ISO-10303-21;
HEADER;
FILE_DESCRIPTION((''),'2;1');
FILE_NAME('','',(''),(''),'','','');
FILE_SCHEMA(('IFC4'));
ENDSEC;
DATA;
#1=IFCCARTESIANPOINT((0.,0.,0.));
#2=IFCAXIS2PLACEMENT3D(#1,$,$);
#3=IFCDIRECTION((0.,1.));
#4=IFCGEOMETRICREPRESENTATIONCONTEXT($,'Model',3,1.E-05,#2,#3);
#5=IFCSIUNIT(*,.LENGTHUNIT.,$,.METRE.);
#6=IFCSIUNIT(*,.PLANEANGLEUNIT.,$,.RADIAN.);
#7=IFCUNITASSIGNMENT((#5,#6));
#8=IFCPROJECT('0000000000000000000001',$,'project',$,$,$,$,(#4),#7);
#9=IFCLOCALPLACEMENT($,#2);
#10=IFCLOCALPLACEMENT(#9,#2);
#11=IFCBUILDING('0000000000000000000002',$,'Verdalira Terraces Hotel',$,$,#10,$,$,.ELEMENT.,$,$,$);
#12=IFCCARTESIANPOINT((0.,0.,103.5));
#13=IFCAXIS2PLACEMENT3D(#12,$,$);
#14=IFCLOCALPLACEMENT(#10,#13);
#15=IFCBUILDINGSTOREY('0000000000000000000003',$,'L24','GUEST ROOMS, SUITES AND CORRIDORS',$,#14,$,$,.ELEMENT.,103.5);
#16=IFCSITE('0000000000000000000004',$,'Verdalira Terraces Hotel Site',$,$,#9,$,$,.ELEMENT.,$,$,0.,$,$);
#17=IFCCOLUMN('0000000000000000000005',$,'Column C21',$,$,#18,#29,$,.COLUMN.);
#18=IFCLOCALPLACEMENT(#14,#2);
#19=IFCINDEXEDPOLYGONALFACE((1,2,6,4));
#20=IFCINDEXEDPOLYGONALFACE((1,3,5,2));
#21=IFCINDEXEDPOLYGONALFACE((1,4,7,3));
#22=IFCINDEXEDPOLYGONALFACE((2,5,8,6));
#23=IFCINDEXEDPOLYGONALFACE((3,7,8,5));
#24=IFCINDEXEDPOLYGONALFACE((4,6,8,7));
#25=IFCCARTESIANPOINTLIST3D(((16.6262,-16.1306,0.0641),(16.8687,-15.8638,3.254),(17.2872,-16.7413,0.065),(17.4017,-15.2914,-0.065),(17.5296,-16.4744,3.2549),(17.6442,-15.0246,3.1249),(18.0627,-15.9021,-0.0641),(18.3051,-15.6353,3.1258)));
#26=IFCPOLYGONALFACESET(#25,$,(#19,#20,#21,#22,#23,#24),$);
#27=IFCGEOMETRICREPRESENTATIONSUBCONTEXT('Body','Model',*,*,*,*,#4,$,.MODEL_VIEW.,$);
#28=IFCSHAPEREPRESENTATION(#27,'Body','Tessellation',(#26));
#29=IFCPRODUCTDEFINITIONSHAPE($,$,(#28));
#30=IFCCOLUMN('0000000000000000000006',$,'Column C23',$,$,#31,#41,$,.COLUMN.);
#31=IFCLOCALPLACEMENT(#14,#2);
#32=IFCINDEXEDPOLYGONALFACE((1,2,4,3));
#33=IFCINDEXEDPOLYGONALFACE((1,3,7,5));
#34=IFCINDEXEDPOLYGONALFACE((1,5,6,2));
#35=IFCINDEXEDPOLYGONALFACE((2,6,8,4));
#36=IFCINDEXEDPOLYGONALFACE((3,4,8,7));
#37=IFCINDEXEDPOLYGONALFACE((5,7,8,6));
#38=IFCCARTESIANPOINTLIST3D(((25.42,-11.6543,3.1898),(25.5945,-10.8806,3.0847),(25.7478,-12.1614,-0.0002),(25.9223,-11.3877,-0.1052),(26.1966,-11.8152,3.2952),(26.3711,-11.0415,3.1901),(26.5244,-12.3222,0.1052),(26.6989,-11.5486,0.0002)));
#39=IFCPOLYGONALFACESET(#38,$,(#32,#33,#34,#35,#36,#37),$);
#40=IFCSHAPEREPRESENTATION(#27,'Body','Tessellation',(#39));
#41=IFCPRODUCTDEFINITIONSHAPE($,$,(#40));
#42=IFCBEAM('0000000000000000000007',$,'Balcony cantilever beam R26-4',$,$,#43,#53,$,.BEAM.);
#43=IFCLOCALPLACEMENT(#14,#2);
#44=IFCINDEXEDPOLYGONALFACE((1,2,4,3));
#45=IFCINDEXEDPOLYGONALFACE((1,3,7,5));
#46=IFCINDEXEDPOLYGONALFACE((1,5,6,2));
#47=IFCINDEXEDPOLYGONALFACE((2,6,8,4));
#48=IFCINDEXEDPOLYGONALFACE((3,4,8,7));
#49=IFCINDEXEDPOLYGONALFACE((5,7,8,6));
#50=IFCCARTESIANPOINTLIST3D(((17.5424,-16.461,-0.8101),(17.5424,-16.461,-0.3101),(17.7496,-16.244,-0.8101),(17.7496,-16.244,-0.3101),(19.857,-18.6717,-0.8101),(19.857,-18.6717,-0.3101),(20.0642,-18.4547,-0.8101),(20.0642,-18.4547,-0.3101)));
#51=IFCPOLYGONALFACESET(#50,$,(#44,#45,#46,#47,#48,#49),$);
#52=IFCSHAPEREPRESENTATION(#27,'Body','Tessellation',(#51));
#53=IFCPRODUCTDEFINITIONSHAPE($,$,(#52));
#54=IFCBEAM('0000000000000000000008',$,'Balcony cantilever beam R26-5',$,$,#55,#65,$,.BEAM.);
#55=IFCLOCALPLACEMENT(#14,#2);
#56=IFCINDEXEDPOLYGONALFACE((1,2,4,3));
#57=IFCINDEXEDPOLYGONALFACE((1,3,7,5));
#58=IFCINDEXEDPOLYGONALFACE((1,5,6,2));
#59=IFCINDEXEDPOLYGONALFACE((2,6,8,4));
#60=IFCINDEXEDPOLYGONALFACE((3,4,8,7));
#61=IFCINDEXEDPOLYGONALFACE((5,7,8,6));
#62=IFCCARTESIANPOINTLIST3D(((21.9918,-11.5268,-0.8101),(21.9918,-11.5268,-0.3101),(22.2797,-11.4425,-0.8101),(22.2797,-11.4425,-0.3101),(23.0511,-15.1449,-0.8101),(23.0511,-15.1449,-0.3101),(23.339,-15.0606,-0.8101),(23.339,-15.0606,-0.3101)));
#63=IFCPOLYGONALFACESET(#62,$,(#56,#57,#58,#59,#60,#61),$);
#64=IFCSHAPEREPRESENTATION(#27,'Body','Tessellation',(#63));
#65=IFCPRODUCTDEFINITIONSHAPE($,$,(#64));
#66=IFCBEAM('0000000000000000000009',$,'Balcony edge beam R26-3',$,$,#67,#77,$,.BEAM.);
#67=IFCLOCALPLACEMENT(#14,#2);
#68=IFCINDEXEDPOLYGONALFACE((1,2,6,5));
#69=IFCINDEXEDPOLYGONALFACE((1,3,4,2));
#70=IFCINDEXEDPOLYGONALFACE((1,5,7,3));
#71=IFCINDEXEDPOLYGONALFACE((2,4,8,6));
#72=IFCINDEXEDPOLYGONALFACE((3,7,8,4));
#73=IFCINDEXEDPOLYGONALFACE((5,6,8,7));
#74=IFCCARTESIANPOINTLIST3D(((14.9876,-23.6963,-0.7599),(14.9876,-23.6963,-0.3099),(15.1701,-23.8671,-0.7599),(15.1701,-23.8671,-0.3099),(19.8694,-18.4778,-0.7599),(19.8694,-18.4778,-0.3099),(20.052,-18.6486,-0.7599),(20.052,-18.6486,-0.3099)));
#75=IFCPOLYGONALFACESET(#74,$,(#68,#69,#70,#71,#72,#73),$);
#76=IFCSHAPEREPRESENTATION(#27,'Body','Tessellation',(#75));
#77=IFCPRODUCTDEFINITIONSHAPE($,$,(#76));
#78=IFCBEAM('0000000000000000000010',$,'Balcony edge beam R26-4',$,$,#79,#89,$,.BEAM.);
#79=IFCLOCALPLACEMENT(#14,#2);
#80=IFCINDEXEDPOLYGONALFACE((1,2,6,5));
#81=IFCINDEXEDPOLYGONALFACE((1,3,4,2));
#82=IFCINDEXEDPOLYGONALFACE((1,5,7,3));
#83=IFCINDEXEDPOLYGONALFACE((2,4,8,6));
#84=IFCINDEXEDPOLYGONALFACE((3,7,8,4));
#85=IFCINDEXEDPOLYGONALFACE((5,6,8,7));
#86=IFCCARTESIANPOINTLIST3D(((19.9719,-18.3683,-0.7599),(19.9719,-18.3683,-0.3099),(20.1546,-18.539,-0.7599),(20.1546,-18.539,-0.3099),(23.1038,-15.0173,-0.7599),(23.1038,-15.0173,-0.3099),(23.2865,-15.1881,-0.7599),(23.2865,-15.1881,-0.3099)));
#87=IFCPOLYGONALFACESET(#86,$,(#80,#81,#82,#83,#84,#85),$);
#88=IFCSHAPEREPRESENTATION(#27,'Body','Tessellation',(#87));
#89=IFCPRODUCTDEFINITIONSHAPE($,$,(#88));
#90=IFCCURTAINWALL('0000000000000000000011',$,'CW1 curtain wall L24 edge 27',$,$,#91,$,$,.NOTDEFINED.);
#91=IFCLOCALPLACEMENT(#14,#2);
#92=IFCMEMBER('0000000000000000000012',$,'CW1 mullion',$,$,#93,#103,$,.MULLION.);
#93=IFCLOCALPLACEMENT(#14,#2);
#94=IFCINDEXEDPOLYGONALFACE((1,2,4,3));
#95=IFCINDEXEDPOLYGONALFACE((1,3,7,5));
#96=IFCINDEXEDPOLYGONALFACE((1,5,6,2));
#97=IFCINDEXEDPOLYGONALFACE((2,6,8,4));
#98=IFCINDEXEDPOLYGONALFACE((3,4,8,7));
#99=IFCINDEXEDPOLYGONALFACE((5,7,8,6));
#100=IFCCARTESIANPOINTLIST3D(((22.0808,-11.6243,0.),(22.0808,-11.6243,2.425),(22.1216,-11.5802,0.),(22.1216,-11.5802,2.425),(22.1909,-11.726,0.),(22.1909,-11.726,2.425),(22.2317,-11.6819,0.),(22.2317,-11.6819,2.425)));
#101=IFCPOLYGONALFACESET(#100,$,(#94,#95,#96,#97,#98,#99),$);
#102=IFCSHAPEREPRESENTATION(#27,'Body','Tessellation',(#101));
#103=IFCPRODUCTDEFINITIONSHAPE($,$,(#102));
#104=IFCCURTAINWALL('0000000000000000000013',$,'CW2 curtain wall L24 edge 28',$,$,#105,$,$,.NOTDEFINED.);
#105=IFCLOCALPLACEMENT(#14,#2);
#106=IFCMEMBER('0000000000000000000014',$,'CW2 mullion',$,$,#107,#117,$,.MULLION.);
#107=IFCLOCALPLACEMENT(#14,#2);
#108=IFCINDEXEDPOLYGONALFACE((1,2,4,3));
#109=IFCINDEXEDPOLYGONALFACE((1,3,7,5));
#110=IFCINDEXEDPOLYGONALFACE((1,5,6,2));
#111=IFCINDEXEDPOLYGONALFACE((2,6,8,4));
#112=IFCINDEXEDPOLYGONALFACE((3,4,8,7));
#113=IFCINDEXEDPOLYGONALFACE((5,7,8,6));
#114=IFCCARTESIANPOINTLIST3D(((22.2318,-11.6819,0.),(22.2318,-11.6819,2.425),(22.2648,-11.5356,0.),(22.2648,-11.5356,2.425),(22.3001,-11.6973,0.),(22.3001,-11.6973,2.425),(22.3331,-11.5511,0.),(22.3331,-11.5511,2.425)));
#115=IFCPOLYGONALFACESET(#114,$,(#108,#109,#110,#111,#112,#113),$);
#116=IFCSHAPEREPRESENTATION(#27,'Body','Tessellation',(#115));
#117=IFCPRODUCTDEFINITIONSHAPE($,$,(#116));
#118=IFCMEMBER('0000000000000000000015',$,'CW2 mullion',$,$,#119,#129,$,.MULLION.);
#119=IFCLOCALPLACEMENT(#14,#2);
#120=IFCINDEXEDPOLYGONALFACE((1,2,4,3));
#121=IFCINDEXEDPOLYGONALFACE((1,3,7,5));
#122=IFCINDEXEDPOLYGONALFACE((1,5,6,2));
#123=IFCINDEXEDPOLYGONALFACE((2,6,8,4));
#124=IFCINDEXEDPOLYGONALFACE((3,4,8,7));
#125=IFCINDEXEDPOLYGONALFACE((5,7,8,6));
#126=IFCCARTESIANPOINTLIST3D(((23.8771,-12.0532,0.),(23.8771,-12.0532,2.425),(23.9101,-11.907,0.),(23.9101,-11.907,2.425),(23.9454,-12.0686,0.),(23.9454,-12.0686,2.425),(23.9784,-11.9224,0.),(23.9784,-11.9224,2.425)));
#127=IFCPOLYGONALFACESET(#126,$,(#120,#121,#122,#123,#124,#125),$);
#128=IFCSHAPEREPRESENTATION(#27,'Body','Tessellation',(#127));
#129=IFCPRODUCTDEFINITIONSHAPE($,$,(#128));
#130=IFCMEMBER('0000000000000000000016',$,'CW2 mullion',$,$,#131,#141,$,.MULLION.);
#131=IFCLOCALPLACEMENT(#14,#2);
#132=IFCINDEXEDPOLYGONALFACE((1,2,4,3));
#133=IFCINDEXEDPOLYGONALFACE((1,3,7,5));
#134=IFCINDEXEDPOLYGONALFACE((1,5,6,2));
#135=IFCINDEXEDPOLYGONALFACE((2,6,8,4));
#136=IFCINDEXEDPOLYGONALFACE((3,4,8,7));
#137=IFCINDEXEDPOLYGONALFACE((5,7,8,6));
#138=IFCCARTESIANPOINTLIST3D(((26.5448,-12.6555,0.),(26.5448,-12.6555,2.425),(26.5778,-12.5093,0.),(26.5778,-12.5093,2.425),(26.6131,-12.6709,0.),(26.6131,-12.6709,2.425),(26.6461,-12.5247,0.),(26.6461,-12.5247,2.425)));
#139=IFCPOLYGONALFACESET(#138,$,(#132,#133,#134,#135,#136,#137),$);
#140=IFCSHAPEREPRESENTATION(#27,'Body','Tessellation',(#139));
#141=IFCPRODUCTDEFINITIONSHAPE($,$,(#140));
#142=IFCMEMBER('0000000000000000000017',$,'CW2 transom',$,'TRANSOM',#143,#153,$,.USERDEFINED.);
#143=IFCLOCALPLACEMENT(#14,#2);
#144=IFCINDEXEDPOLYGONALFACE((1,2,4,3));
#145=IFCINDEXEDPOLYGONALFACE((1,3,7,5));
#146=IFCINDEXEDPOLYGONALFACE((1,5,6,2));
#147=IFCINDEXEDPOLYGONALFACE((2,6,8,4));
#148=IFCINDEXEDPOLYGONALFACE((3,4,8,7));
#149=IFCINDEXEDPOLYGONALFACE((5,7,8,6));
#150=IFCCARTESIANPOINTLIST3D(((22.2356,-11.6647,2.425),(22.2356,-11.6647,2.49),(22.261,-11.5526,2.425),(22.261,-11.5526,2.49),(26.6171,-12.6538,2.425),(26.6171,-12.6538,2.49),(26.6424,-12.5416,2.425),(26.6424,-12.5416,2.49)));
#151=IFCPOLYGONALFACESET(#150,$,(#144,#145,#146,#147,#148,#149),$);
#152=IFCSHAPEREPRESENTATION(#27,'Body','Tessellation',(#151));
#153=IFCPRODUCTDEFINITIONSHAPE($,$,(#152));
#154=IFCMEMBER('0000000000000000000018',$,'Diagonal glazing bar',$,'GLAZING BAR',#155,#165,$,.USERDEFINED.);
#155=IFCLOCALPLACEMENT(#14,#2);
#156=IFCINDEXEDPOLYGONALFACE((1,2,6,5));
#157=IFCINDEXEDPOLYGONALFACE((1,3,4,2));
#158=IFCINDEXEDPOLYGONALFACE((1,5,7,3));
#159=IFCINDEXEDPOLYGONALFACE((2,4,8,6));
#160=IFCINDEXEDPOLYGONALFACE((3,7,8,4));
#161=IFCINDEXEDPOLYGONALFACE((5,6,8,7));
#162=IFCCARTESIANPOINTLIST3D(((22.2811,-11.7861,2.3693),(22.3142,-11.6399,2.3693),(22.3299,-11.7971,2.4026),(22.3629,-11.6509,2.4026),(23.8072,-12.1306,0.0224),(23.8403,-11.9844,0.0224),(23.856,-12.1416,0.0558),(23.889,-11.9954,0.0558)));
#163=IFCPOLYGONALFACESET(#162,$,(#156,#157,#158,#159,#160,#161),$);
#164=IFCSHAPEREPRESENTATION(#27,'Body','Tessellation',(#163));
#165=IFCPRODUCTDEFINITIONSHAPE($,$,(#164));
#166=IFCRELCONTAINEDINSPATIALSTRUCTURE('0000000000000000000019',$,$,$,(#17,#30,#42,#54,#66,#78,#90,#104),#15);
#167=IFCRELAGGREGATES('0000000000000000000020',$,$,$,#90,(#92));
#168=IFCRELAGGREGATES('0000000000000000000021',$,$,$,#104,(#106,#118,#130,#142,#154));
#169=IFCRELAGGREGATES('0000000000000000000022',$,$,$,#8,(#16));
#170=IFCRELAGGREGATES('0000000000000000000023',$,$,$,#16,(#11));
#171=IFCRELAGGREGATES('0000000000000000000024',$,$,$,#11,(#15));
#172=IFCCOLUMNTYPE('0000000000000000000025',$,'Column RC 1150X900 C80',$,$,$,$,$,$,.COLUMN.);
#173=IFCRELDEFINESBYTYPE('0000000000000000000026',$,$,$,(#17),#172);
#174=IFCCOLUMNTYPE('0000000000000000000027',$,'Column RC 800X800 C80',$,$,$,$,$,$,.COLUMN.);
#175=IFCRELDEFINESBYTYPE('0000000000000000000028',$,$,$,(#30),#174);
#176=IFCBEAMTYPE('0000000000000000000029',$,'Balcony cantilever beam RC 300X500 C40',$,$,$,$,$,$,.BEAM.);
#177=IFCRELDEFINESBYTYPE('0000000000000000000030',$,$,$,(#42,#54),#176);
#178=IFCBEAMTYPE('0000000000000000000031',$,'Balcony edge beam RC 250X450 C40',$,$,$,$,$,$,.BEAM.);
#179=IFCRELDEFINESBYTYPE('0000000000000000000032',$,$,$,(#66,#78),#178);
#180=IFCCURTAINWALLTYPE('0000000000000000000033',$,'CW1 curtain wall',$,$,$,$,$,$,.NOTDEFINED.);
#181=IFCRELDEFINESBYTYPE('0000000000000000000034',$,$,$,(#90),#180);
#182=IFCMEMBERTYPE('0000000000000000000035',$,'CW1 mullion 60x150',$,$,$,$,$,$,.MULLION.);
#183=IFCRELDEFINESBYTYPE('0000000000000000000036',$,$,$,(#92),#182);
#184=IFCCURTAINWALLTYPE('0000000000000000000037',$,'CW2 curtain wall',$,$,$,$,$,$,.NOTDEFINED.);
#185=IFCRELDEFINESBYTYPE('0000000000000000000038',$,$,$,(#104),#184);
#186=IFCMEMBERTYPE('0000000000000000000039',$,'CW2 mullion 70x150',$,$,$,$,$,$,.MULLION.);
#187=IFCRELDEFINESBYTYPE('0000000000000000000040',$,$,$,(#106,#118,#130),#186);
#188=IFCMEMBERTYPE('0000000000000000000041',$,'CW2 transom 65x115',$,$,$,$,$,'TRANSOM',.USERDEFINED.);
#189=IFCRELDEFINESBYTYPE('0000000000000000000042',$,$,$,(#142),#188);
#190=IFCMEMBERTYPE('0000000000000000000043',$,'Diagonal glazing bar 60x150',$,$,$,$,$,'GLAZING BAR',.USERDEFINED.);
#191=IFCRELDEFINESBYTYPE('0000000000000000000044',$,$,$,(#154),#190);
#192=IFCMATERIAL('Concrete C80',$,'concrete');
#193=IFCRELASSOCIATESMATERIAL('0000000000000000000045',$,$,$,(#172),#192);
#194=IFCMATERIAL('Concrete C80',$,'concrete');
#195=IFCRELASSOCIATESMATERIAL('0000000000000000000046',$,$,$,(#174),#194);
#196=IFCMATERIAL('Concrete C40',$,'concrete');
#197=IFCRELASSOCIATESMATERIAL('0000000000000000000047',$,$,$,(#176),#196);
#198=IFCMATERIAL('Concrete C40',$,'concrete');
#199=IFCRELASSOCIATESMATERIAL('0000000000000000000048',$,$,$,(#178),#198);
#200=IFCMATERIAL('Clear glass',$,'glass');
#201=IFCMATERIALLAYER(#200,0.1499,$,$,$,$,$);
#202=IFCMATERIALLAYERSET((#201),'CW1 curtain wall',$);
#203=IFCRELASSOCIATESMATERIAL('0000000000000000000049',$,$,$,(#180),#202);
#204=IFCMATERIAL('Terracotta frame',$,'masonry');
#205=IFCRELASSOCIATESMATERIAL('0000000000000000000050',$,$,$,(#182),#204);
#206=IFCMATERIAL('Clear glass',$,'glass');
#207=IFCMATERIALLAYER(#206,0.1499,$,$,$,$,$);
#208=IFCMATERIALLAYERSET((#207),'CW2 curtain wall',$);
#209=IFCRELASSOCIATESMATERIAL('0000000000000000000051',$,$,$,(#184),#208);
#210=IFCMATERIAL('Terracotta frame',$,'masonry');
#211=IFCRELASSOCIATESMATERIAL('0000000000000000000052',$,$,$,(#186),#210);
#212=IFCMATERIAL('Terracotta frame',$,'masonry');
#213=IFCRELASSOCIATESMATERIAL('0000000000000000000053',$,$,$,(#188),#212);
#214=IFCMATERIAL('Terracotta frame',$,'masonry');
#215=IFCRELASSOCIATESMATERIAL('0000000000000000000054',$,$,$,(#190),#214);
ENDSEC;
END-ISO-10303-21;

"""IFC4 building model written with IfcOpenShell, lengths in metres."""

from ifc_helpers import new_model, si_unit, direction, frame, origin, origin_2d, place, context, subcontext, project, spatial, rectangle, extrude, material, layer, layer_set, material_profile, profile_set, type_object, element, aggregate, save


model = new_model("IFC4")

# Units and contexts
model_context = context("Model", 3, precision=1e-05, world=origin(), true_north=direction((0.0, 1.0)))
body_context = subcontext(model_context, "Body", "Model", "MODEL_VIEW")
ifc_project = project(units=[si_unit("LENGTHUNIT", "METRE"), si_unit("PLANEANGLEUNIT", "RADIAN")], contexts=[model_context])

# Site, building, storey
site_placement = place(None, origin())
site = spatial("IfcSite", under=ifc_project, at=site_placement, Name="Verdalira Terraces Hotel Site", CompositionType="ELEMENT", RefElevation=0.0)
building_placement = place(site_placement, origin())
building = spatial("IfcBuilding", under=site, at=building_placement, Name="Verdalira Terraces Hotel", CompositionType="ELEMENT")
storey_placement = place(building_placement, frame((0.0, 0.0, 103.5)))
storey = spatial("IfcBuildingStorey", under=building, at=storey_placement, Name="L24", Description="GUEST ROOMS, SUITES AND CORRIDORS", CompositionType="ELEMENT", Elevation=103.5)

# Columns
ifc_material_1 = material(Name="Concrete C80", Category="concrete")
ifc_material_profile_1 = material_profile(ifc_material_1, rectangle(XDim=1.1499, YDim=0.8999, at=origin_2d()), Name="RC 1150X900")
ifc_profile_set_1 = profile_set([ifc_material_profile_1], Name="Concrete C80")
column_type_1 = type_object("IfcColumnType", Name="Column RC 1150X900 C80", PredefinedType="COLUMN", material=ifc_profile_set_1)
column_1_placement = place(storey_placement, frame((17.3445, -16.0164, 0.0), z_axis=(0.075518, 0.083123, 0.993674), x_axis=(0.6744, 0.729776, -0.112301)))
element("IfcColumn", 1, at=column_1_placement, inside=storey, type_object=column_type_1, Name="Column C21", PredefinedType="COLUMN", context=body_context, shape_type="SweptSolid", body=[
    extrude(rectangle(XDim=1.1499, YDim=0.8999, at=origin_2d()), origin(), (0.0, 0.0, 1.0), 3.2102),
])
ifc_material_2 = material(Name="Concrete C80", Category="concrete")
ifc_material_profile_2 = material_profile(ifc_material_2, rectangle(XDim=0.8, YDim=0.8, at=origin_2d()), Name="RC 800X800")
ifc_profile_set_2 = profile_set([ifc_material_profile_2], Name="Concrete C80")
column_type_2 = type_object("IfcColumnType", Name="Column RC 800X800 C80", PredefinedType="COLUMN", material=ifc_profile_set_2)
column_2_placement = place(storey_placement, frame((26.2234, -11.855, 0.0), z_axis=(-0.100992, 0.156188, 0.982551), x_axis=(0.970686, -0.201035, 0.13173)))
element("IfcColumn", 2, at=column_2_placement, inside=storey, type_object=column_type_2, Name="Column C23", PredefinedType="COLUMN", context=body_context, shape_type="SweptSolid", body=[
    extrude(rectangle(XDim=0.8, YDim=0.8, at=origin_2d()), origin(), (0.0, 0.0, 1.0), 3.2466),
])

# Beams
ifc_material_3 = material(Name="Concrete C40", Category="concrete")
ifc_material_profile_3 = material_profile(ifc_material_3, rectangle(XDim=0.3, YDim=0.5, at=origin_2d()), Name="RC 300X500")
ifc_profile_set_3 = profile_set([ifc_material_profile_3], Name="Concrete C40")
beam_type_1 = type_object("IfcBeamType", Name="Balcony cantilever beam RC 300X500 C40", PredefinedType="BEAM", material=ifc_profile_set_3)
beam_1_placement = place(storey_placement, frame((17.646, -16.3525, -0.5601), z_axis=(0.723167, -0.690673, 0.0), x_axis=(0.690673, 0.723167, 0.0)))
element("IfcBeam", 3, at=beam_1_placement, inside=storey, type_object=beam_type_1, Name="Balcony cantilever beam R26-4", PredefinedType="BEAM", context=body_context, shape_type="SweptSolid", body=[
    extrude(rectangle(XDim=0.3, YDim=0.5, at=origin_2d()), origin(), (0.0, 0.0, 1.0), 3.2007),
])
beam_2_placement = place(storey_placement, frame((22.1357, -11.4846, -0.5601), z_axis=(0.280985, -0.959712, 0.0), x_axis=(0.959712, 0.280985, 0.0)))
element("IfcBeam", 4, at=beam_2_placement, inside=storey, type_object=beam_type_1, Name="Balcony cantilever beam R26-5", PredefinedType="BEAM", context=body_context, shape_type="SweptSolid", body=[
    extrude(rectangle(XDim=0.3, YDim=0.5, at=origin_2d()), origin(), (0.0, 0.0, 1.0), 3.77),
])
ifc_material_4 = material(Name="Concrete C40", Category="concrete")
ifc_material_profile_4 = material_profile(ifc_material_4, rectangle(XDim=0.25, YDim=0.45, at=origin_2d()), Name="RC 250X450")
ifc_profile_set_4 = profile_set([ifc_material_profile_4], Name="Concrete C40")
beam_type_2 = type_object("IfcBeamType", Name="Balcony edge beam RC 250X450 C40", PredefinedType="BEAM", material=ifc_profile_set_4)
beam_3_placement = place(storey_placement, frame((15.0789, -23.7817, -0.5349), z_axis=(0.683158, 0.730271, 0.0), x_axis=(-0.730271, 0.683158, 0.0)))
element("IfcBeam", 5, at=beam_3_placement, inside=storey, type_object=beam_type_2, Name="Balcony edge beam R26-3", PredefinedType="BEAM", context=body_context, shape_type="SweptSolid", body=[
    extrude(rectangle(XDim=0.25, YDim=0.45, at=origin_2d()), origin(), (0.0, 0.0, 1.0), 7.146),
])
beam_4_placement = place(storey_placement, frame((20.0632, -18.4536, -0.5349), z_axis=(0.68283, 0.730577, 0.0), x_axis=(-0.730577, 0.68283, 0.0)))
element("IfcBeam", 6, at=beam_4_placement, inside=storey, type_object=beam_type_2, Name="Balcony edge beam R26-4", PredefinedType="BEAM", context=body_context, shape_type="SweptSolid", body=[
    extrude(rectangle(XDim=0.25, YDim=0.45, at=origin_2d()), origin(), (0.0, 0.0, 1.0), 4.5867),
])

# Curtain wall, member
ifc_material_5 = material(Name="Clear glass", Category="glass")
ifc_layer_1 = layer(ifc_material_5, 0.1499)
ifc_layer_set_1 = layer_set([ifc_layer_1], Name="CW1 curtain wall")
curtain_wall_type_1 = type_object("IfcCurtainWallType", Name="CW1 curtain wall", PredefinedType="NOTDEFINED", material=ifc_layer_set_1)
curtain_wall_1_placement = place(storey_placement, origin())
curtain_wall_1 = element("IfcCurtainWall", 7, at=curtain_wall_1_placement, inside=storey, type_object=curtain_wall_type_1, Name="CW1 curtain wall L24 edge 27", PredefinedType="NOTDEFINED")
ifc_material_6 = material(Name="Terracotta frame", Category="masonry")
ifc_material_profile_5 = material_profile(ifc_material_6, rectangle(XDim=0.0601, YDim=0.1499, at=origin_2d()), Name="MU 60x150")
ifc_profile_set_5 = profile_set([ifc_material_profile_5], Name="Terracotta frame")
member_type_1 = type_object("IfcMemberType", Name="CW1 mullion 60x150", PredefinedType="MULLION", material=ifc_profile_set_5)
member_1_placement = place(storey_placement, frame((22.1562, -11.6531, 0.0), z_axis=(0.0, 0.0, 1.0), x_axis=(0.678416, 0.734678, 0.0)))
member_1 = element("IfcMember", 8, at=member_1_placement, type_object=member_type_1, Name="CW1 mullion", PredefinedType="MULLION", context=body_context, shape_type="SweptSolid", body=[
    extrude(rectangle(XDim=0.0601, YDim=0.1499, at=origin_2d()), origin(), (0.0, 0.0, 1.0), 2.425),
])

# Curtain wall, members
ifc_material_7 = material(Name="Clear glass", Category="glass")
ifc_layer_2 = layer(ifc_material_7, 0.1499)
ifc_layer_set_2 = layer_set([ifc_layer_2], Name="CW2 curtain wall")
curtain_wall_type_2 = type_object("IfcCurtainWallType", Name="CW2 curtain wall", PredefinedType="NOTDEFINED", material=ifc_layer_set_2)
curtain_wall_2_placement = place(storey_placement, origin())
curtain_wall_2 = element("IfcCurtainWall", 9, at=curtain_wall_2_placement, inside=storey, type_object=curtain_wall_type_2, Name="CW2 curtain wall L24 edge 28", PredefinedType="NOTDEFINED")
ifc_material_8 = material(Name="Terracotta frame", Category="masonry")
ifc_material_profile_6 = material_profile(ifc_material_8, rectangle(XDim=0.0701, YDim=0.1499, at=origin_2d()), Name="MU 70x150")
ifc_profile_set_6 = profile_set([ifc_material_profile_6], Name="Terracotta frame")
member_type_2 = type_object("IfcMemberType", Name="CW2 mullion 70x150", PredefinedType="MULLION", material=ifc_profile_set_6)
member_2_placement = place(storey_placement, frame((22.2825, -11.6165, 0.0), z_axis=(0.0, 0.0, 1.0), x_axis=(0.975458, -0.220187, 0.0)))
member_2 = element("IfcMember", 10, at=member_2_placement, type_object=member_type_2, Name="CW2 mullion", PredefinedType="MULLION", context=body_context, shape_type="SweptSolid", body=[
    extrude(rectangle(XDim=0.0701, YDim=0.1499, at=origin_2d()), origin(), (0.0, 0.0, 1.0), 2.425),
])
member_3_placement = place(storey_placement, frame((23.9277, -11.9878, 0.0), z_axis=(0.0, 0.0, 1.0), x_axis=(0.975458, -0.220187, 0.0)))
member_3 = element("IfcMember", 11, at=member_3_placement, type_object=member_type_2, Name="CW2 mullion", PredefinedType="MULLION", context=body_context, shape_type="SweptSolid", body=[
    extrude(rectangle(XDim=0.0701, YDim=0.1499, at=origin_2d()), origin(), (0.0, 0.0, 1.0), 2.425),
])
member_4_placement = place(storey_placement, frame((26.5955, -12.5901, 0.0), z_axis=(0.0, 0.0, 1.0), x_axis=(0.975458, -0.220187, 0.0)))
member_4 = element("IfcMember", 12, at=member_4_placement, type_object=member_type_2, Name="CW2 mullion", PredefinedType="MULLION", context=body_context, shape_type="SweptSolid", body=[
    extrude(rectangle(XDim=0.0701, YDim=0.1499, at=origin_2d()), origin(), (0.0, 0.0, 1.0), 2.425),
])
ifc_material_9 = material(Name="Terracotta frame", Category="masonry")
ifc_material_profile_7 = material_profile(ifc_material_9, rectangle(XDim=0.115, YDim=0.0649, at=origin_2d()), Name="TR 65x115")
ifc_profile_set_7 = profile_set([ifc_material_profile_7], Name="Terracotta frame")
member_type_3 = type_object("IfcMemberType", Name="CW2 transom 65x115", ElementType="TRANSOM", PredefinedType="USERDEFINED", material=ifc_profile_set_7)
member_5_placement = place(storey_placement, frame((22.2483, -11.6086, 2.4575), z_axis=(0.975456, -0.220192, 0.0), x_axis=(0.220192, 0.975456, 0.0)))
member_5 = element("IfcMember", 13, at=member_5_placement, type_object=member_type_3, Name="CW2 transom", ObjectType="TRANSOM", PredefinedType="USERDEFINED", context=body_context, shape_type="SweptSolid", body=[
    extrude(rectangle(XDim=0.115, YDim=0.0649, at=origin_2d()), origin(), (0.0, 0.0, 1.0), 4.4917),
])
ifc_material_10 = material(Name="Terracotta frame", Category="masonry")
ifc_material_profile_8 = material_profile(ifc_material_10, rectangle(XDim=0.1499, YDim=0.0601, at=origin_2d()), Name="GB 60x150")
ifc_profile_set_8 = profile_set([ifc_material_profile_8], Name="Terracotta frame")
member_type_4 = type_object("IfcMemberType", Name="Diagonal glazing bar 60x150", ElementType="GLAZING BAR", PredefinedType="USERDEFINED", material=ifc_profile_set_8)
member_6_placement = place(storey_placement, frame((22.322, -11.7185, 2.386), z_axis=(0.541064, -0.122131, -0.832066), x_axis=(0.220184, 0.975458, 0.0)))
member_6 = element("IfcMember", 14, at=member_6_placement, type_object=member_type_4, Name="Diagonal glazing bar", ObjectType="GLAZING BAR", PredefinedType="USERDEFINED", context=body_context, shape_type="SweptSolid", body=[
    extrude(rectangle(XDim=0.1499, YDim=0.0601, at=origin_2d()), origin(), (0.0, 0.0, 1.0), 2.8206),
])

aggregate(curtain_wall_1, [member_1])
aggregate(curtain_wall_2, [member_2, member_3, member_4, member_5, member_6])

save(model, "model.ifc")
